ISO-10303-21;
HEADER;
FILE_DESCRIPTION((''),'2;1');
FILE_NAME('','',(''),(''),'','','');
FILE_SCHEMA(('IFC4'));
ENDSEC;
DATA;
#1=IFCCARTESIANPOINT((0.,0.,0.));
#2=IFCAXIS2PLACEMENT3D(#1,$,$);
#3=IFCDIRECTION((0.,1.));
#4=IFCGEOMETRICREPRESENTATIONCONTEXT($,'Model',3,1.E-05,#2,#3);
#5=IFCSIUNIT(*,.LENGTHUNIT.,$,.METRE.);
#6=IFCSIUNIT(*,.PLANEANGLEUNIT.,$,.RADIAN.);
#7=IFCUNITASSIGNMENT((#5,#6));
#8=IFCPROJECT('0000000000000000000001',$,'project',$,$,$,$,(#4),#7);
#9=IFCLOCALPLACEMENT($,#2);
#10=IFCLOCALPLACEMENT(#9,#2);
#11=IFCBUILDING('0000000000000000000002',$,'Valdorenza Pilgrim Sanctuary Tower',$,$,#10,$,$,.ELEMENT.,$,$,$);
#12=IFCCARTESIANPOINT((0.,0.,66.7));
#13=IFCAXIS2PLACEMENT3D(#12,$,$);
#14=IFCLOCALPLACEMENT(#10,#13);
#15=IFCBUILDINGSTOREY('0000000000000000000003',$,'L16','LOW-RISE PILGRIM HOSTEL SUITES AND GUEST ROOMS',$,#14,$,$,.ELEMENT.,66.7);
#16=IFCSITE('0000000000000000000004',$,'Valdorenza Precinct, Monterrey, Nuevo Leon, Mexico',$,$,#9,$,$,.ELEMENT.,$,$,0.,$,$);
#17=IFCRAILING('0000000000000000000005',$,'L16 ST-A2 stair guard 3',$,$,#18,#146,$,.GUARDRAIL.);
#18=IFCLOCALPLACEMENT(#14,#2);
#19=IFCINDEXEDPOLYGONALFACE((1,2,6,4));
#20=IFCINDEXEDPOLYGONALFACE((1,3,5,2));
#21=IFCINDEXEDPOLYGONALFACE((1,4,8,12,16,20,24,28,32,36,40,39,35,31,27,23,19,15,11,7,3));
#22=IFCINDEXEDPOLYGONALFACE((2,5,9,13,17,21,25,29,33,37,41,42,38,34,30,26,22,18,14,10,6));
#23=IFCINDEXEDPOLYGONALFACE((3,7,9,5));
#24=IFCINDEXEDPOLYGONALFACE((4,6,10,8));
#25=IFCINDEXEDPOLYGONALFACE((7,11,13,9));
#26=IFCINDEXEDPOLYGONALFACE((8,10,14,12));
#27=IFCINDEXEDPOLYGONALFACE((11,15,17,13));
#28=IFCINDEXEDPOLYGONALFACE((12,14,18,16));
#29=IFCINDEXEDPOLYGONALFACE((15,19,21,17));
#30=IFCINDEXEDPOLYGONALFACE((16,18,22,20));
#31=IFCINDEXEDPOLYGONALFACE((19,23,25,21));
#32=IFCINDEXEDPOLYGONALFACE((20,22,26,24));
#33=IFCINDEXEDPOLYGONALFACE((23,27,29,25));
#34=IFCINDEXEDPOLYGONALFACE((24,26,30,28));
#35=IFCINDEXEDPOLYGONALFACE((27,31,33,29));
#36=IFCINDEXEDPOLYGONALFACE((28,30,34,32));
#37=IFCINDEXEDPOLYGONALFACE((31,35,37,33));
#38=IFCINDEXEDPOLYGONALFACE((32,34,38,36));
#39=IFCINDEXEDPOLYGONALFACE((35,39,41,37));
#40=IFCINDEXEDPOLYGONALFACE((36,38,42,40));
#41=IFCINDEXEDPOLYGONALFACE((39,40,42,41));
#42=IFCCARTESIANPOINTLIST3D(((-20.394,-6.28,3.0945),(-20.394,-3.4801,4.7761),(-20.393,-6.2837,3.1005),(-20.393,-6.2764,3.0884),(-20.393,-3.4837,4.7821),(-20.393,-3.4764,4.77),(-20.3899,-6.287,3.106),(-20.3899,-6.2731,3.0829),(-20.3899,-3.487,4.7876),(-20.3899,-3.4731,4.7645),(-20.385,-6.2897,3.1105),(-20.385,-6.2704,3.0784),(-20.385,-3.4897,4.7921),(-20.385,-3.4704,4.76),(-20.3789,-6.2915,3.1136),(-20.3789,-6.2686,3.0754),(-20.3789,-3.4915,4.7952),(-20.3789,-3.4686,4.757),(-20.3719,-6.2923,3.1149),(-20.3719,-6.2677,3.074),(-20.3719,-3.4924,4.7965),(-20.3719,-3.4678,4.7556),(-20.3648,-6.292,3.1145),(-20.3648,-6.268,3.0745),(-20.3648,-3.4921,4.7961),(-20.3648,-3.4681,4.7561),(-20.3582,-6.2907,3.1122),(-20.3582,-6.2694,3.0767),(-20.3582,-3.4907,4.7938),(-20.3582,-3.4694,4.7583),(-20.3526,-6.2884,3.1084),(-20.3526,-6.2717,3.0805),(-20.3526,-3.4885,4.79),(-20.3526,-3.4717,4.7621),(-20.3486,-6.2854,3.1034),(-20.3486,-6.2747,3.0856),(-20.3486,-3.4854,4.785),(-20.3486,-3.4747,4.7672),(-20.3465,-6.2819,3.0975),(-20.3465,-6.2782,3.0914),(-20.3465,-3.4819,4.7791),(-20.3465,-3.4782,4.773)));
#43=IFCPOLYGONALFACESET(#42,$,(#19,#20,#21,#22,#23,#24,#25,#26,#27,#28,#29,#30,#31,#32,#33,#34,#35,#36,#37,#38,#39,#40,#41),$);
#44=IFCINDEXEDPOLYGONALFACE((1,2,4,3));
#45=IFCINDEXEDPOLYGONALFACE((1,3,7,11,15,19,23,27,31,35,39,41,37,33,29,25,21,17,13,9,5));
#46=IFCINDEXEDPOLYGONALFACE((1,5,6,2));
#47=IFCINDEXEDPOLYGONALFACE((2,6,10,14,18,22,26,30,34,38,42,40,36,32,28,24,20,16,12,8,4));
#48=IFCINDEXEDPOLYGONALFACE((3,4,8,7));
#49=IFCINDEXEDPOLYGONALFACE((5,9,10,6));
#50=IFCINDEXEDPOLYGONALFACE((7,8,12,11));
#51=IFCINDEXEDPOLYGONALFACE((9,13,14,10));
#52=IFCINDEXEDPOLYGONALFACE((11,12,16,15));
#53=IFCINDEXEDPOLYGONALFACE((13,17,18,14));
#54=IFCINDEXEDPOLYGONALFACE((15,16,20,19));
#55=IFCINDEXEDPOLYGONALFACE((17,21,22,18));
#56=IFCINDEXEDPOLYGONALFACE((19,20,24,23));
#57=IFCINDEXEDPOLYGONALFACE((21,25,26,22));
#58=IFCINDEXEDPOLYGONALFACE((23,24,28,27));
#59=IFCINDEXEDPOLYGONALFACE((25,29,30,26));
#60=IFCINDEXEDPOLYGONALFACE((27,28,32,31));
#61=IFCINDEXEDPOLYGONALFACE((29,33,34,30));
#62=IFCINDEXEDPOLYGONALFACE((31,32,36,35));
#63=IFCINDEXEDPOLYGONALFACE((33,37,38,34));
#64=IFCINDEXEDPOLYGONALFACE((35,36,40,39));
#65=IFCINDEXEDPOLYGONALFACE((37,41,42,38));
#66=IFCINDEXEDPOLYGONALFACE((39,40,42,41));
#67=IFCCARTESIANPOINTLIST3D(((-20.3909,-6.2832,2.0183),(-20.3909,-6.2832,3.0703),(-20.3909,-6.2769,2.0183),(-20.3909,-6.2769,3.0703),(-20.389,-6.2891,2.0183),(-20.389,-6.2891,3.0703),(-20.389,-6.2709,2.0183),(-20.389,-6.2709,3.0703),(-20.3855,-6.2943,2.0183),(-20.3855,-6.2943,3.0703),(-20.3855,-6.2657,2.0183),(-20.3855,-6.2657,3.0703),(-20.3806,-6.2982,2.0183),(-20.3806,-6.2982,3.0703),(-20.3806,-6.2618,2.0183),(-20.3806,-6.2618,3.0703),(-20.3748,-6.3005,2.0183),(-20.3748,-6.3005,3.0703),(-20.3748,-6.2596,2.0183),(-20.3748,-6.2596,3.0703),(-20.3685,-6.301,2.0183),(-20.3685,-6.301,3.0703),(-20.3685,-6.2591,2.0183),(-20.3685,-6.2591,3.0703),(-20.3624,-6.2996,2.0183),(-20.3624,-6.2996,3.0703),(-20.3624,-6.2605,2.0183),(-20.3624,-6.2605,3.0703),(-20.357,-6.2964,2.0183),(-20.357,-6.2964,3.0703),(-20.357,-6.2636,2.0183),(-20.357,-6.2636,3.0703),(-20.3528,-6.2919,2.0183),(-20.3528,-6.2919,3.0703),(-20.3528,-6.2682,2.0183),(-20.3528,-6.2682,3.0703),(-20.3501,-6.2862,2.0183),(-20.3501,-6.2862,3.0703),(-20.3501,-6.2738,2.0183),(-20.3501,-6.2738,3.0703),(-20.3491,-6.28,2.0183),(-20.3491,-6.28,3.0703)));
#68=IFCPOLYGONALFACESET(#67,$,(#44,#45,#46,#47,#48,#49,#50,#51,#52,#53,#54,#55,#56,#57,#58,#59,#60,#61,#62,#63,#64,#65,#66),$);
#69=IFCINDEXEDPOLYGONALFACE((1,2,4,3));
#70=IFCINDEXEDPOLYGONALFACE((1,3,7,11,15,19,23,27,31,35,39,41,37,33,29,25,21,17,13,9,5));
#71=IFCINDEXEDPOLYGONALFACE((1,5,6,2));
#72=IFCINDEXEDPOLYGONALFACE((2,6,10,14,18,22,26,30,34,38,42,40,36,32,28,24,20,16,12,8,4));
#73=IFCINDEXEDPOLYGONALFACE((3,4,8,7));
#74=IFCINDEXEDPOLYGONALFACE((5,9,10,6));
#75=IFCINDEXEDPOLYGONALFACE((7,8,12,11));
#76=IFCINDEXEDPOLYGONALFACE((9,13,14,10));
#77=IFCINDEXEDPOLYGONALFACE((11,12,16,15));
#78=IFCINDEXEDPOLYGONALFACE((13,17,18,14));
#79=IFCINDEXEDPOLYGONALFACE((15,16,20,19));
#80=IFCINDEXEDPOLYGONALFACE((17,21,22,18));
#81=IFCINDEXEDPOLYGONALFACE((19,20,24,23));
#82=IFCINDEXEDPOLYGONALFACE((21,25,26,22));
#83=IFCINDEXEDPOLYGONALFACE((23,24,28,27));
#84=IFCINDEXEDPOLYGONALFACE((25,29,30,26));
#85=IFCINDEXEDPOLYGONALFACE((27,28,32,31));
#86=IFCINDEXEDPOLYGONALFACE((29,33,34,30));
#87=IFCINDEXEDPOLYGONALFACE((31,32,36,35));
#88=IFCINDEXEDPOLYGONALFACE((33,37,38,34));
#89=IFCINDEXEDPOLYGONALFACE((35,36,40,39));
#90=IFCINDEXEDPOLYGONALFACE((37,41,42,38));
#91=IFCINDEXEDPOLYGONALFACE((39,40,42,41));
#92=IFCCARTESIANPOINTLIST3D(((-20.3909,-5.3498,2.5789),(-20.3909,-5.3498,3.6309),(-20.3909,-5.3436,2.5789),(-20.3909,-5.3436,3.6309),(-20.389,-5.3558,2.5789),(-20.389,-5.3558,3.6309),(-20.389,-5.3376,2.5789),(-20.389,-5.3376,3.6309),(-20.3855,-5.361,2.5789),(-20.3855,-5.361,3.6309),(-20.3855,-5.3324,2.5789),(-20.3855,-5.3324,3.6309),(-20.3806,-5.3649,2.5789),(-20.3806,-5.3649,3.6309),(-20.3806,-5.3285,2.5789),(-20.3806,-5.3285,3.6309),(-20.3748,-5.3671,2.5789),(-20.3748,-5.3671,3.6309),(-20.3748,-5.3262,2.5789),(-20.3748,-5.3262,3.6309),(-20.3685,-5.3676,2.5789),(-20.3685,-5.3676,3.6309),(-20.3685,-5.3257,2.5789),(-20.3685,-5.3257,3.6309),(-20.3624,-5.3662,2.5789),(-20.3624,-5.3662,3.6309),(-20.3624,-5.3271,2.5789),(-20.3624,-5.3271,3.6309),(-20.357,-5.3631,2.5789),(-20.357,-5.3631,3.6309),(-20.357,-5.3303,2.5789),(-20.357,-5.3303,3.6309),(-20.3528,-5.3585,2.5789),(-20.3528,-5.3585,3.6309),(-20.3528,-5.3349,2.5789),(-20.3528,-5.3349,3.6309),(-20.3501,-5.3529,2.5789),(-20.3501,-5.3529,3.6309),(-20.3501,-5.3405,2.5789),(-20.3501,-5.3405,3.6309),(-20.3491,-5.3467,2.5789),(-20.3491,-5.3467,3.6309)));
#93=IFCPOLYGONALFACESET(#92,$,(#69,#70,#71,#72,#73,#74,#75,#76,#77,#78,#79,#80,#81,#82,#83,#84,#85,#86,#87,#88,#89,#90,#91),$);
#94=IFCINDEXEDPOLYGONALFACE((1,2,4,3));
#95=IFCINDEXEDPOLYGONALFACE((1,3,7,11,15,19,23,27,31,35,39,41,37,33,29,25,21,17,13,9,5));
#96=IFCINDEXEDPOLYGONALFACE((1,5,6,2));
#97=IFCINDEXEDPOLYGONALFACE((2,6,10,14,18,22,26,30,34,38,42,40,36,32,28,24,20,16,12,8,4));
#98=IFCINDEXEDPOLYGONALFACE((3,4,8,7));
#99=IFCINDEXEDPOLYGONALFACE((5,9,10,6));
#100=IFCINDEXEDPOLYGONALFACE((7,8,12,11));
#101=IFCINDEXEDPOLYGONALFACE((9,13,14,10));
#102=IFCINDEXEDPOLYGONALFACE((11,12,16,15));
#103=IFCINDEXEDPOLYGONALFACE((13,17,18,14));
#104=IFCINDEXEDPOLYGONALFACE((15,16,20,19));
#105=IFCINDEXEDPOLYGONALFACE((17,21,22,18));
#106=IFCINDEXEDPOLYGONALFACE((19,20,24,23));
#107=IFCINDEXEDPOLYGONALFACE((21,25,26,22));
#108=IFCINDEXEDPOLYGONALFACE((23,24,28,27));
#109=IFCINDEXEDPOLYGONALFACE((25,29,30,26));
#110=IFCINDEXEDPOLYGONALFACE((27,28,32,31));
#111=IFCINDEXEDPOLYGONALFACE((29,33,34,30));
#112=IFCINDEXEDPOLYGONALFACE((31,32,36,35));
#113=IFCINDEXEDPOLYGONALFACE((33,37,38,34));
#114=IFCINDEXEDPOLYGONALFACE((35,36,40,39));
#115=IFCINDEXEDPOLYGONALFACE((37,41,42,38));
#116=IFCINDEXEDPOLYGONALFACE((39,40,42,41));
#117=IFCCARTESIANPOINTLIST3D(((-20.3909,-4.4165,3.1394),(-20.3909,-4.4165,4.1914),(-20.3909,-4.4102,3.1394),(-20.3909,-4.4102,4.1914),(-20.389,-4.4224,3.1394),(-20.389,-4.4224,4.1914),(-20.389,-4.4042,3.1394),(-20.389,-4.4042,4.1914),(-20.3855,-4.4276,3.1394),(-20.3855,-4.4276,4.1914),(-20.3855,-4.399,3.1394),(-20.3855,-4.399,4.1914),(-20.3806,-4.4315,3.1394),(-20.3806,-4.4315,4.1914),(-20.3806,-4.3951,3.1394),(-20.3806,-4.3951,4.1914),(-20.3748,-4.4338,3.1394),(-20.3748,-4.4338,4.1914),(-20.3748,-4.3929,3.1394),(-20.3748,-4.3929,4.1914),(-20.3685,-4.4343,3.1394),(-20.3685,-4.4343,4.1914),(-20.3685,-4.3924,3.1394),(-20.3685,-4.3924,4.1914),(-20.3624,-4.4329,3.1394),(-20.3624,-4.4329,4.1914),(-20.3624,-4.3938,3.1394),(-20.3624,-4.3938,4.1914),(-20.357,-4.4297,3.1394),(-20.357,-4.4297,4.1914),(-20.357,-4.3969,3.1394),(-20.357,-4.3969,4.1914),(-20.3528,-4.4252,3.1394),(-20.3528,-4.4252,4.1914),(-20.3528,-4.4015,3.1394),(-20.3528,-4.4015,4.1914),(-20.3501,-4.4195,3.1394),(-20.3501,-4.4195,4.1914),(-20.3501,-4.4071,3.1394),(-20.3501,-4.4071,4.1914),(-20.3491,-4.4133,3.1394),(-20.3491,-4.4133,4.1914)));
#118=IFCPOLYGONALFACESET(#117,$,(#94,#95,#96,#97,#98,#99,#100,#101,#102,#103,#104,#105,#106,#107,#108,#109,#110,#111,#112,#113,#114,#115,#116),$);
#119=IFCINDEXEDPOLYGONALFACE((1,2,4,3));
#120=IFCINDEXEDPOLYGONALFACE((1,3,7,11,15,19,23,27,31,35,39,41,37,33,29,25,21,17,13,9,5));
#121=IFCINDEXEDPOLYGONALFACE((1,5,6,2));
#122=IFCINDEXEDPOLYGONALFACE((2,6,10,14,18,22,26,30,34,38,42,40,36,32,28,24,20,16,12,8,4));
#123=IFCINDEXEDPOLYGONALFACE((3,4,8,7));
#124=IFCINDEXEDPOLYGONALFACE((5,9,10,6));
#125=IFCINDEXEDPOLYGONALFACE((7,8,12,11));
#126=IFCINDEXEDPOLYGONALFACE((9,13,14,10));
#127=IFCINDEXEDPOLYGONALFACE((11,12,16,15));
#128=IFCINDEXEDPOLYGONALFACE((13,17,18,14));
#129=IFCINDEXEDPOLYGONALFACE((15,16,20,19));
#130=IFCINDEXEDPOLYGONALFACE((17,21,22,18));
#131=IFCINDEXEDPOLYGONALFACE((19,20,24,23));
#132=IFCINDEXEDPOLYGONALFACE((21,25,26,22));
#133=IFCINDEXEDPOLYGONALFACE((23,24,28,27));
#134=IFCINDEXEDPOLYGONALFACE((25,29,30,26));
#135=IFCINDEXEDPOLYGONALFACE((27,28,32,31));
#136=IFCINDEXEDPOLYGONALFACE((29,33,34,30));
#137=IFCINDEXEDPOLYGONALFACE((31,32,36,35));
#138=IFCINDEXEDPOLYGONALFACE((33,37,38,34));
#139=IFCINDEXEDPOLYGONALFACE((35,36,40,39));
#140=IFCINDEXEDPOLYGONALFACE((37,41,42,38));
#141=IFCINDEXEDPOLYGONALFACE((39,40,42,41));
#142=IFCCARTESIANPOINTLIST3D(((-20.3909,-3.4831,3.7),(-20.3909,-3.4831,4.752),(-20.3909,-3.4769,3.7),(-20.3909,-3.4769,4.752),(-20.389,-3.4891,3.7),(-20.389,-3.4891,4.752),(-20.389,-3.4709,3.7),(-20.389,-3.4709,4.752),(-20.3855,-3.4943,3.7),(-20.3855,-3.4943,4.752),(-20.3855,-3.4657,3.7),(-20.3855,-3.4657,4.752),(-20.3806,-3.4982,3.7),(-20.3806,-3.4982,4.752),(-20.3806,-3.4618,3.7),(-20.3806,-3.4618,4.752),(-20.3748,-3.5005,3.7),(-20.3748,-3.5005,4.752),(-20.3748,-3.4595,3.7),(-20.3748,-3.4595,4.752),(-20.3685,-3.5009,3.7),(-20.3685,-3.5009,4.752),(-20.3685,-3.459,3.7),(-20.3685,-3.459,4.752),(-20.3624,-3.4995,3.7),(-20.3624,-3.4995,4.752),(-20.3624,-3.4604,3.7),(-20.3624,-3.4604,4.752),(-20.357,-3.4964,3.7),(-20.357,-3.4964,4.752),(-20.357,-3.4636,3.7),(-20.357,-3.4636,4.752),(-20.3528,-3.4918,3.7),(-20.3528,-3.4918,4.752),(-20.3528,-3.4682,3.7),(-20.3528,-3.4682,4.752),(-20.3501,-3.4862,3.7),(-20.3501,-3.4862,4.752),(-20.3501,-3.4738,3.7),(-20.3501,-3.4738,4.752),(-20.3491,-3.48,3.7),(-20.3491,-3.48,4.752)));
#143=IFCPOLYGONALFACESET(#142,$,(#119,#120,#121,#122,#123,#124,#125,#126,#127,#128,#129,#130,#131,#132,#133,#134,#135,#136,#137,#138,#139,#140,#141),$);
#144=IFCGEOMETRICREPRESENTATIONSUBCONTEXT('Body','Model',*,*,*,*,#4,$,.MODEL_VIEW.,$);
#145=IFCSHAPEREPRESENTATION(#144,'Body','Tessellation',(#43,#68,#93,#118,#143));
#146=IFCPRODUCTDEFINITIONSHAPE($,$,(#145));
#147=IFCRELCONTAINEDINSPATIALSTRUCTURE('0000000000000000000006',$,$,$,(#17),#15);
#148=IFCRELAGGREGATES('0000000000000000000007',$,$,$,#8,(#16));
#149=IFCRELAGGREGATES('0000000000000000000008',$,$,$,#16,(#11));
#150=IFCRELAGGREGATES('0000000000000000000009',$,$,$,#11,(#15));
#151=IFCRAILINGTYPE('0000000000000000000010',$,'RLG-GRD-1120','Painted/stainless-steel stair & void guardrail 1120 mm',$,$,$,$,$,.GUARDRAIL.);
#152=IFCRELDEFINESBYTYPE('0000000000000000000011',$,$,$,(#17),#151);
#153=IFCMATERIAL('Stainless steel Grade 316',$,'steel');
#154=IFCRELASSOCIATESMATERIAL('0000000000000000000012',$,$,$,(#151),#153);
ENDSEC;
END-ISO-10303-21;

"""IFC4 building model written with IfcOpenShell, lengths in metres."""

from ifc_helpers import new_model, si_unit, direction, frame, origin, origin_2d, place, context, subcontext, project, spatial, circle, extrude, material, type_object, element, save


model = new_model("IFC4")

# Units and contexts
model_context = context("Model", 3, precision=1e-05, world=origin(), true_north=direction((0.0, 1.0)))
body_context = subcontext(model_context, "Body", "Model", "MODEL_VIEW")
ifc_project = project(units=[si_unit("LENGTHUNIT", "METRE"), si_unit("PLANEANGLEUNIT", "RADIAN")], contexts=[model_context])

# Site, building, storey
site_placement = place(None, origin())
site = spatial("IfcSite", under=ifc_project, at=site_placement, Name="Valdorenza Precinct, Monterrey, Nuevo Leon, Mexico", CompositionType="ELEMENT", RefElevation=0.0)
building_placement = place(site_placement, origin())
building = spatial("IfcBuilding", under=site, at=building_placement, Name="Valdorenza Pilgrim Sanctuary Tower", CompositionType="ELEMENT")
storey_placement = place(building_placement, frame((0.0, 0.0, 66.7)))
storey = spatial("IfcBuildingStorey", under=building, at=storey_placement, Name="L16", Description="LOW-RISE PILGRIM HOSTEL SUITES AND GUEST ROOMS", CompositionType="ELEMENT", Elevation=66.7)

# Railing
ifc_material_1 = material(Name="Stainless steel Grade 316", Category="steel")
railing_type_1 = type_object("IfcRailingType", Name="RLG-GRD-1120", Description="Painted/stainless-steel stair & void guardrail 1120 mm", PredefinedType="GUARDRAIL", material=ifc_material_1)
railing_1_placement = place(storey_placement, frame((-20.3701, -6.28, 2.0183)))
element("IfcRailing", 1, at=railing_1_placement, inside=storey, type_object=railing_type_1, Name="L16 ST-A2 stair guard 3", PredefinedType="GUARDRAIL", context=body_context, shape_type="SweptSolid", body=[
    extrude(circle(Radius=0.0239, at=origin_2d()), frame((0.0, 0.0, 1.0762), z_axis=(0.0, 0.857275, 0.514858), x_axis=(-1.0, 0.0, 0.0)), (0.0, 0.0, 1.0), 3.2661),
    extrude(circle(Radius=0.021, at=origin_2d()), origin(), (0.0, 0.0, 1.0), 1.052),
    extrude(circle(Radius=0.021, at=origin_2d()), frame((0.0, 0.9333, 0.5605)), (0.0, 0.0, 1.0), 1.052),
    extrude(circle(Radius=0.021, at=origin_2d()), frame((0.0, 1.8667, 1.1211)), (0.0, 0.0, 1.0), 1.052),
    extrude(circle(Radius=0.021, at=origin_2d()), frame((0.0, 2.8, 1.6816)), (0.0, 0.0, 1.0), 1.052),
])

save(model, "model.ifc")
